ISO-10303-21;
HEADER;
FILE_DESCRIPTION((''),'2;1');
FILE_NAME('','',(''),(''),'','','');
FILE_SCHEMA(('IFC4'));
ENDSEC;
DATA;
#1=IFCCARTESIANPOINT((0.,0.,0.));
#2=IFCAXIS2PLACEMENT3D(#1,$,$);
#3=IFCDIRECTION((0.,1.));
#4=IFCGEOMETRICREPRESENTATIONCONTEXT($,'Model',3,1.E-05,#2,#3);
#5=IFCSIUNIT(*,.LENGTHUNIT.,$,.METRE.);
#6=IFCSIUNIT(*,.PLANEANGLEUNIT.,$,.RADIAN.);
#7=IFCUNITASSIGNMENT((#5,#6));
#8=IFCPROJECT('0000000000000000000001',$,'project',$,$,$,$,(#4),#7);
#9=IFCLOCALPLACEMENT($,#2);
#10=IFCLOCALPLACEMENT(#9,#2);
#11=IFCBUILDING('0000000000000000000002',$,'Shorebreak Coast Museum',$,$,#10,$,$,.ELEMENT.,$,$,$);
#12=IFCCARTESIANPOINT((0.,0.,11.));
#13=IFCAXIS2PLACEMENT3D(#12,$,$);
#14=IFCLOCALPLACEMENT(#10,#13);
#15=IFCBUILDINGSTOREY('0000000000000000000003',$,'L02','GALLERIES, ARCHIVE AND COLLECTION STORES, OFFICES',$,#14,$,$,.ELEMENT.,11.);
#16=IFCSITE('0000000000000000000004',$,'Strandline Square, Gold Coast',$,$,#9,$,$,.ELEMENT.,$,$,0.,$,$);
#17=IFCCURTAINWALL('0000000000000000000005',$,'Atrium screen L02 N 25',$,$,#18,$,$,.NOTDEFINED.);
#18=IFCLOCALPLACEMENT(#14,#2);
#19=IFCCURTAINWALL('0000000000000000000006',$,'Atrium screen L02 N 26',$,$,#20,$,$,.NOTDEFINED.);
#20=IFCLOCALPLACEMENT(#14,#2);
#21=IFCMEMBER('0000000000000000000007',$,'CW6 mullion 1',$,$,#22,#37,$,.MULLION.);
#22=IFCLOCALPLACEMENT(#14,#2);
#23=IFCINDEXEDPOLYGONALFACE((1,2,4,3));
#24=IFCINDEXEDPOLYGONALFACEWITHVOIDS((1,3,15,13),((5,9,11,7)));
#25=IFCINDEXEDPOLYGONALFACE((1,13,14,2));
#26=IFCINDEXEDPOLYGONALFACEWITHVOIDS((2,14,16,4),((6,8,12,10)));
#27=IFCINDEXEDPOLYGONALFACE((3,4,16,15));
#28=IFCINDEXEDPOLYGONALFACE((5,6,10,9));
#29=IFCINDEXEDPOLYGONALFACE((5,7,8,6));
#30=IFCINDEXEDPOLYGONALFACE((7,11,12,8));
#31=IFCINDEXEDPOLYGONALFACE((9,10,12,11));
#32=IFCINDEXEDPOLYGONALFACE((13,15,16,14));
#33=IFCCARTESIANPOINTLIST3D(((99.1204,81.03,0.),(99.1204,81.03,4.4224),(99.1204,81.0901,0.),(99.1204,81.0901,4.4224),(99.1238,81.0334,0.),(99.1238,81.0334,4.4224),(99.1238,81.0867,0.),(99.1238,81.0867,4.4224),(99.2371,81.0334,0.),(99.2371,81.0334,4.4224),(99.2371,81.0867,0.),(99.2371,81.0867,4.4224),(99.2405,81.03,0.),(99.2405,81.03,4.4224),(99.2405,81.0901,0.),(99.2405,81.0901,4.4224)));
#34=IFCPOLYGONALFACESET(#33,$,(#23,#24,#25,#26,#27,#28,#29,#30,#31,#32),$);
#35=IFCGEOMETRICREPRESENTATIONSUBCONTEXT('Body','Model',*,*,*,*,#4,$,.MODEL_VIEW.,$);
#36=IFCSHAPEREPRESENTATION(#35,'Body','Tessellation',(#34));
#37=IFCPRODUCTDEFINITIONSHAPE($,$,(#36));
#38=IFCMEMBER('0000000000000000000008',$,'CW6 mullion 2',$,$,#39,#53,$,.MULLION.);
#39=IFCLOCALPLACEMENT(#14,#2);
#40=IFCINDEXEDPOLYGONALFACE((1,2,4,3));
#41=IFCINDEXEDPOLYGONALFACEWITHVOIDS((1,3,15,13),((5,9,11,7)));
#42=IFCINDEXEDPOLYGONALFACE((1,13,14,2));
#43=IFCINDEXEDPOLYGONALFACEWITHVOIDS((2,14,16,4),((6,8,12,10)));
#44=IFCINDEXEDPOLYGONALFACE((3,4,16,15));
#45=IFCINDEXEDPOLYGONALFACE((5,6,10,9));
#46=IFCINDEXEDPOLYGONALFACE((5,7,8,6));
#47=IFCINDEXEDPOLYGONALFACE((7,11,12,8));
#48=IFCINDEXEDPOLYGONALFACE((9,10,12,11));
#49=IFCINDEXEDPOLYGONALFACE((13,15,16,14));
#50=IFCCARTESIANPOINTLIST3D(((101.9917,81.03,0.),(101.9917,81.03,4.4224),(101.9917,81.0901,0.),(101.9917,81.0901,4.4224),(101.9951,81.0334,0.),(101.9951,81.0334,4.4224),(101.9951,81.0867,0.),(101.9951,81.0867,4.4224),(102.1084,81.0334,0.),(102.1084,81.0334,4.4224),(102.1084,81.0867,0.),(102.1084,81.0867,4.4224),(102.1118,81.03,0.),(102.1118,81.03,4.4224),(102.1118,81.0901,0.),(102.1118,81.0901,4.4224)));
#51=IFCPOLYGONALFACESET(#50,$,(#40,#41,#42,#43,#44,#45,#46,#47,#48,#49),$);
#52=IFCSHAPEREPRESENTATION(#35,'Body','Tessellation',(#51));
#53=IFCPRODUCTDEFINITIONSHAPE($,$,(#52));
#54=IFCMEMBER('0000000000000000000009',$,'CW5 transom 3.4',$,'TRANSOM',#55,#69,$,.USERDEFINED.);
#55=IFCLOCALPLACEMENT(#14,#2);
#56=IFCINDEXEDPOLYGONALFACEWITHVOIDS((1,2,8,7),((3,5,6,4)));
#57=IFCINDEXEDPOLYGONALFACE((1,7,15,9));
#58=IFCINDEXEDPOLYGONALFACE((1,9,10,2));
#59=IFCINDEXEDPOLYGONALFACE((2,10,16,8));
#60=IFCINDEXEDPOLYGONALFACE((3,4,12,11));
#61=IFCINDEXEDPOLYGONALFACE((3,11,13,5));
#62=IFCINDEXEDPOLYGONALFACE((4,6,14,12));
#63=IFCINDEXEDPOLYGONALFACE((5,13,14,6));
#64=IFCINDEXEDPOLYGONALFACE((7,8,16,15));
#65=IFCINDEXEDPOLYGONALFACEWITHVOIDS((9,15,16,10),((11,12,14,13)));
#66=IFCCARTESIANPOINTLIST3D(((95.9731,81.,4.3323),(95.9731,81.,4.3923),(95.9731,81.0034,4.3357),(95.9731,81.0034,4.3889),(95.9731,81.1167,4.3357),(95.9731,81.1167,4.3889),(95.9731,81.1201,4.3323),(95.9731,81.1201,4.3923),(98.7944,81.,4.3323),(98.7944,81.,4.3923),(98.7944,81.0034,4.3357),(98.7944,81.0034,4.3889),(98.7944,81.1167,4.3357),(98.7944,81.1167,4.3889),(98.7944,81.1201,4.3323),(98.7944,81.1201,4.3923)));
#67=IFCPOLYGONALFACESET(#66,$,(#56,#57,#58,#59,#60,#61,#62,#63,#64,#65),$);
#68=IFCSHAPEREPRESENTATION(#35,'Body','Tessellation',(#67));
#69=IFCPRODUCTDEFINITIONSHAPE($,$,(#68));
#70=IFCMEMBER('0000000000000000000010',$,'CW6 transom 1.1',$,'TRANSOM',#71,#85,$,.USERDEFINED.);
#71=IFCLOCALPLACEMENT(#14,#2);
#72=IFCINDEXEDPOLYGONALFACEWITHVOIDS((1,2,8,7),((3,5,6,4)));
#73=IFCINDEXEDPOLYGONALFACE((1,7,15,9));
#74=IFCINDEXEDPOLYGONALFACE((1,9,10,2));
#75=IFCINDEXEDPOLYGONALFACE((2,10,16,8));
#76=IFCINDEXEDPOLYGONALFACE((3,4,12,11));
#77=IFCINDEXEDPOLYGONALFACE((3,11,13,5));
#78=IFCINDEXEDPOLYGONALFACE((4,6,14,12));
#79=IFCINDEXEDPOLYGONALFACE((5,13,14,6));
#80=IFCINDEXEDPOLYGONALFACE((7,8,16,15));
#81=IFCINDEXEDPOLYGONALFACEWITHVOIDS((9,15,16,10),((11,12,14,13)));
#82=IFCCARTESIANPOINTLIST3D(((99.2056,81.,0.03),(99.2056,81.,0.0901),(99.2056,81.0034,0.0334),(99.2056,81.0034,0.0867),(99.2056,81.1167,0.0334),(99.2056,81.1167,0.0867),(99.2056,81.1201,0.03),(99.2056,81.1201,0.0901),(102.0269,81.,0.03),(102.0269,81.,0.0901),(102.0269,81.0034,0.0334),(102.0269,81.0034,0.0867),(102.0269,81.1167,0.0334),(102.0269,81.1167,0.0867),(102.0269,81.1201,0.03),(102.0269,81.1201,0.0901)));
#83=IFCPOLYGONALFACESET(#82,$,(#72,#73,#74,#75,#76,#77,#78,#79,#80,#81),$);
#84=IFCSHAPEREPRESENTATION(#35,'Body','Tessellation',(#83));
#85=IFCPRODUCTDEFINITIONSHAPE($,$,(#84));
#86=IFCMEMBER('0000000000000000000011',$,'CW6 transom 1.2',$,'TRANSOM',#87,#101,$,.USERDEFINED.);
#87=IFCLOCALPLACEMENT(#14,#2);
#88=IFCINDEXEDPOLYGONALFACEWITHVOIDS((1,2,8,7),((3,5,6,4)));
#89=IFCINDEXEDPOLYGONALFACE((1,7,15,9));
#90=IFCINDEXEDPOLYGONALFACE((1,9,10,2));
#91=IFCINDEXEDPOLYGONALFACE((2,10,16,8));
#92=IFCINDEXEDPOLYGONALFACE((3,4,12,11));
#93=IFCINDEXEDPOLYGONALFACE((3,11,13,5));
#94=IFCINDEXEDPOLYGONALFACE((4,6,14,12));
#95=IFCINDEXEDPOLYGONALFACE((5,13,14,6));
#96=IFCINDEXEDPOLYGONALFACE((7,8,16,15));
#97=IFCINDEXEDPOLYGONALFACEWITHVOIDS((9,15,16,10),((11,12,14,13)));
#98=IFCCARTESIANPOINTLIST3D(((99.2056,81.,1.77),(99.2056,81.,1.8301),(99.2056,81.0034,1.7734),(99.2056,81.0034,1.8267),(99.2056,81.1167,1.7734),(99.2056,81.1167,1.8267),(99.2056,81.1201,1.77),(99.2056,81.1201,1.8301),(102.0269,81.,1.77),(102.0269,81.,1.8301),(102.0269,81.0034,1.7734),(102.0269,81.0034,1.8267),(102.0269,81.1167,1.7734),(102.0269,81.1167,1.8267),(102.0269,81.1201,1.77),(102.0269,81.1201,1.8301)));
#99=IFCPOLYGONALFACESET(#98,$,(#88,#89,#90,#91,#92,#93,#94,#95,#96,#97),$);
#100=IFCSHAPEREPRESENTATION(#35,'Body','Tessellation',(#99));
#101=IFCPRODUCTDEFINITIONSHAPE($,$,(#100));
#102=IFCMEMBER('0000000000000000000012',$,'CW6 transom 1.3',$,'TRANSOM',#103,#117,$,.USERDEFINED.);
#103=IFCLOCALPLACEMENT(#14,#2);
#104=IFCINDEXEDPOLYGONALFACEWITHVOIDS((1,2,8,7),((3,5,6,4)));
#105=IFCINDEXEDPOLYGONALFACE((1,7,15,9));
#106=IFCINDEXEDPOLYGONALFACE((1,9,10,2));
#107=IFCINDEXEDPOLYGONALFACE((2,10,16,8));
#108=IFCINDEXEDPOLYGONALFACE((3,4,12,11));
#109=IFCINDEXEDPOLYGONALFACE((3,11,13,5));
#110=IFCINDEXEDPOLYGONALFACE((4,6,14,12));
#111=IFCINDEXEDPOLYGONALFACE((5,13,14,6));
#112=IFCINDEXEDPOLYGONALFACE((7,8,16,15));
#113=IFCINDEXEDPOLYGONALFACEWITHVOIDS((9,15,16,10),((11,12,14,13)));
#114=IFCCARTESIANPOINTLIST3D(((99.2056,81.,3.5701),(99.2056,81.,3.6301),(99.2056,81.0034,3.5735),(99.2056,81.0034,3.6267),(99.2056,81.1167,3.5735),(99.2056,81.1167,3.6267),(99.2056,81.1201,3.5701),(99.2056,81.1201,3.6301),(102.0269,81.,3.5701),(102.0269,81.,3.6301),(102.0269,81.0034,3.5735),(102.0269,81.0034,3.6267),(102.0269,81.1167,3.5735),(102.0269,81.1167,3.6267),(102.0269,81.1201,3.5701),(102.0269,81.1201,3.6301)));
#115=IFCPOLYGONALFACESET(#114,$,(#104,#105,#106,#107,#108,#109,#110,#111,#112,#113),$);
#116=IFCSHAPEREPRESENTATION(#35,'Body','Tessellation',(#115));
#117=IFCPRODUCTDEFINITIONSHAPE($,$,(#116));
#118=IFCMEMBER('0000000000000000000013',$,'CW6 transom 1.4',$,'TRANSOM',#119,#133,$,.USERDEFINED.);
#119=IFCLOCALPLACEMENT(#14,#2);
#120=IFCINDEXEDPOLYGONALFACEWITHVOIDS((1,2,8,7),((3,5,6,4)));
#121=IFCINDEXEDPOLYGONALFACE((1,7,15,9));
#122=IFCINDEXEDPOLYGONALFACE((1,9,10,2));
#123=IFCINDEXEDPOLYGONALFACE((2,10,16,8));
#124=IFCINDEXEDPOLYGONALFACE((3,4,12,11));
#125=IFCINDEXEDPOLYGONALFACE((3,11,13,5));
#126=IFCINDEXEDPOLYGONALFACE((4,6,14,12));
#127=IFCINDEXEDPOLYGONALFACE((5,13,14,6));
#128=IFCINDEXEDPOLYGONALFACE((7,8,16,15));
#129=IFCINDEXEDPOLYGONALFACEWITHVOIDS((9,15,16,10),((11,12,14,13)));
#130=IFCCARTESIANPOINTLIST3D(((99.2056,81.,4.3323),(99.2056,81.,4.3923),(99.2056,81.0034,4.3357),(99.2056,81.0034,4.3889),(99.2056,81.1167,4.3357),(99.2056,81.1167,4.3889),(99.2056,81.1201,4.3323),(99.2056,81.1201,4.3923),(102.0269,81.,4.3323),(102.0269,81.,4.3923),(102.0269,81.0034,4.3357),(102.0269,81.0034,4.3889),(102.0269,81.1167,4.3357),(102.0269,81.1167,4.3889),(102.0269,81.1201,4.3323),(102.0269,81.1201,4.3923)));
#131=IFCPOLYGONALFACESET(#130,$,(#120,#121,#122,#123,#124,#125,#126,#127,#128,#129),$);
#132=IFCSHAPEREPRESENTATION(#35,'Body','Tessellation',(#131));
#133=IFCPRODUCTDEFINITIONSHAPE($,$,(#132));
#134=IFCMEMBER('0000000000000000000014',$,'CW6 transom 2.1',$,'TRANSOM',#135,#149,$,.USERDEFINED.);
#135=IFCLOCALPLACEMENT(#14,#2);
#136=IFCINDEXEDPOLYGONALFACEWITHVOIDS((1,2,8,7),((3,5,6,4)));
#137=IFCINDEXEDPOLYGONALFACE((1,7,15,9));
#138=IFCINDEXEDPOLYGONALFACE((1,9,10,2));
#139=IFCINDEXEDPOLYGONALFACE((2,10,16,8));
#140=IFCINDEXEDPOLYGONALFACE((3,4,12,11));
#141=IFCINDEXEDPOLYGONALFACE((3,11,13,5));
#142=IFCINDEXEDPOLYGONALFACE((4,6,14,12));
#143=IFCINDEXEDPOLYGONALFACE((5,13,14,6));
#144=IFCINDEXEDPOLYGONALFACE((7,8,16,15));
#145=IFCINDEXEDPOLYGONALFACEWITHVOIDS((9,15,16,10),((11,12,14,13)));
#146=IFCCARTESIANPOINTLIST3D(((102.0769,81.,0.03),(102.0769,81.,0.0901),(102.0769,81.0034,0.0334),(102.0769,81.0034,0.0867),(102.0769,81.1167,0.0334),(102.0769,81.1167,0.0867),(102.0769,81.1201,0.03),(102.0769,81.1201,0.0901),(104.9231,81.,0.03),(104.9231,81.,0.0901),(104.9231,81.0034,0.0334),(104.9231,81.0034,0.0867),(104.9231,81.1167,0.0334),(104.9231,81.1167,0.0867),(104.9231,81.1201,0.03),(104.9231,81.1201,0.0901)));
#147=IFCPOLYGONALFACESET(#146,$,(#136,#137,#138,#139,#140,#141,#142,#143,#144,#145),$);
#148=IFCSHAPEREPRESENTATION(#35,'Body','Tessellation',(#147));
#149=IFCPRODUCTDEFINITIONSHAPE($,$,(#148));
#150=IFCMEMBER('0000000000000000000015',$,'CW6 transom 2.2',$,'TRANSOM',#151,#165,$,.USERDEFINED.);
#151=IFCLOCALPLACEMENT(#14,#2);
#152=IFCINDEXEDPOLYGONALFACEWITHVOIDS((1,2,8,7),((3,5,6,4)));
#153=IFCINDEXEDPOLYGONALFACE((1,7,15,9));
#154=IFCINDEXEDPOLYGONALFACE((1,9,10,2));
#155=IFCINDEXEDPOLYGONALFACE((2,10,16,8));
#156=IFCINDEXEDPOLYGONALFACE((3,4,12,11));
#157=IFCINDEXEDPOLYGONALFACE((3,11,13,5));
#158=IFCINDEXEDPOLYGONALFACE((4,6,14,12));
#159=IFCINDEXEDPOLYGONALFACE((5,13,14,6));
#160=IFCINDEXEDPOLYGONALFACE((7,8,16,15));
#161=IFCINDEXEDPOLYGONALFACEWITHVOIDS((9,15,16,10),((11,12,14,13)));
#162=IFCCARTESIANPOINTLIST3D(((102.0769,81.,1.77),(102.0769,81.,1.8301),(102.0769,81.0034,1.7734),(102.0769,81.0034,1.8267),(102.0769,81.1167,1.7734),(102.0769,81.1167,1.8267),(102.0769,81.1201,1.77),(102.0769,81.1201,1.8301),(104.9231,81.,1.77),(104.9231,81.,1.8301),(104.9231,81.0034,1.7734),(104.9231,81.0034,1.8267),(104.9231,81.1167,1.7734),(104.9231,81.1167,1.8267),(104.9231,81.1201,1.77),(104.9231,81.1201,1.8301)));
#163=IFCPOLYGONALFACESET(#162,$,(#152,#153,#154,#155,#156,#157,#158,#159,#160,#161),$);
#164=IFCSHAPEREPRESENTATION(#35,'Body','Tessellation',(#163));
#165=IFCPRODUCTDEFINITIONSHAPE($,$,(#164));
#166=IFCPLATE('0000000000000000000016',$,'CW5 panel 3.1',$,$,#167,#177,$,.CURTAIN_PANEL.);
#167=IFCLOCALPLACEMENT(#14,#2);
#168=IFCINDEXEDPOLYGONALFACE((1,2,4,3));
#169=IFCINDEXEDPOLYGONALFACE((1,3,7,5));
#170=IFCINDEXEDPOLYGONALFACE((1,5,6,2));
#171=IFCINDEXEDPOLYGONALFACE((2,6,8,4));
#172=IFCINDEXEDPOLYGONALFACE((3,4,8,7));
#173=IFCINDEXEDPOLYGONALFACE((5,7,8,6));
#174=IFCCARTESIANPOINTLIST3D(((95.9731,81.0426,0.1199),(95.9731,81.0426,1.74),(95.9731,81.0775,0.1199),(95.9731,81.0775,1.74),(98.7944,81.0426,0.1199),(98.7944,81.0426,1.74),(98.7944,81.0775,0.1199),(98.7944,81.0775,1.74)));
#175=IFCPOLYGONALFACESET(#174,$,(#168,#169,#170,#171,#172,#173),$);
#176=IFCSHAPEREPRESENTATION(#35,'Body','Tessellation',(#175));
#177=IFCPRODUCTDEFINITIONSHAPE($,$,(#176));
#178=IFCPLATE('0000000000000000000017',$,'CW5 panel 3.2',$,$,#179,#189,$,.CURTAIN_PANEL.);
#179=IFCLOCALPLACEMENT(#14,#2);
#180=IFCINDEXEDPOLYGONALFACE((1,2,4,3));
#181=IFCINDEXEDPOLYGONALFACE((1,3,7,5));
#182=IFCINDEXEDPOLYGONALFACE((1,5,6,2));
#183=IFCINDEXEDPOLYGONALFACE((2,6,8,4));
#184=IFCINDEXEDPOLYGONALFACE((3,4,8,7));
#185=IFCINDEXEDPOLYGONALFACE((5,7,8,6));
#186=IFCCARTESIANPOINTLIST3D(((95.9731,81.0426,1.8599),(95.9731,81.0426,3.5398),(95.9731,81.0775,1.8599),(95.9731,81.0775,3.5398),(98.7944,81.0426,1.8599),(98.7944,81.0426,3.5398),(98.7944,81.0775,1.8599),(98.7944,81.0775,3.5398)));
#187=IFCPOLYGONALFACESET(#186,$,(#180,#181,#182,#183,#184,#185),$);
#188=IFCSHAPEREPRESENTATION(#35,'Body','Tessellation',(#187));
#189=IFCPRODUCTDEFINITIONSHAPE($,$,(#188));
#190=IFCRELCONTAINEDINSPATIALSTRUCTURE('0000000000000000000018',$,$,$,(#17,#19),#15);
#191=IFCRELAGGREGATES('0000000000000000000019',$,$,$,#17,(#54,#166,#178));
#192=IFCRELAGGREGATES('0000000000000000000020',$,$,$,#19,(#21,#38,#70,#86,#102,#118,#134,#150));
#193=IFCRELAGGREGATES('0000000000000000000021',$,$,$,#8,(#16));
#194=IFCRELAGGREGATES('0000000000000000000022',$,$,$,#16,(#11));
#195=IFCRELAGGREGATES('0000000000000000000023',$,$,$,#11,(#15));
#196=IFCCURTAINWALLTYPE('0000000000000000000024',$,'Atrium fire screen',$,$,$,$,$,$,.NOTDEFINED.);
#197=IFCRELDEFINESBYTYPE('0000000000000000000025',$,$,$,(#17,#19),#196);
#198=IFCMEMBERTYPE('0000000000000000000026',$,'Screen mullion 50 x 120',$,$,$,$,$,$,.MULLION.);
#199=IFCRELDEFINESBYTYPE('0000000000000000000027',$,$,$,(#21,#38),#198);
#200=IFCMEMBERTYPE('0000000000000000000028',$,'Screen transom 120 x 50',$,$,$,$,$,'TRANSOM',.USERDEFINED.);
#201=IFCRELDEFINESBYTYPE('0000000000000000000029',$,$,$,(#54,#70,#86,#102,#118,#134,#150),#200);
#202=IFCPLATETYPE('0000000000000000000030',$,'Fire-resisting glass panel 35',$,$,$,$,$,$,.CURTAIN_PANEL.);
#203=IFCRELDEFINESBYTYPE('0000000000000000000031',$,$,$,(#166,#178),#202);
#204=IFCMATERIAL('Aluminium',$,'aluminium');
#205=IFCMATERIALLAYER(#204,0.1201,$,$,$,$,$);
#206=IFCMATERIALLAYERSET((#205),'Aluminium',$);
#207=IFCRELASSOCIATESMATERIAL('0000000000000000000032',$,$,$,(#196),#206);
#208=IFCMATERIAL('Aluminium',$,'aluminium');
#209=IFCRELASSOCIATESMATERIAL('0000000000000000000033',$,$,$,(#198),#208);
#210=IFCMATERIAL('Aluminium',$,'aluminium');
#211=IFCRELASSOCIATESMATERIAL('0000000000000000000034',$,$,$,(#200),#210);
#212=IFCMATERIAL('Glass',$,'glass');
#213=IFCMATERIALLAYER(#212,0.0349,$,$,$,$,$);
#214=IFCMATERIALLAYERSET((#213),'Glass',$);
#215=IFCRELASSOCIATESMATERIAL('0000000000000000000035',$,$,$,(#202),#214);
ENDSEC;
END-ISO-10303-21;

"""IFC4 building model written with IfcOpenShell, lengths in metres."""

from ifc_helpers import new_model, si_unit, direction, frame, origin, origin_2d, place, context, subcontext, project, spatial, rectangle, hollow_rectangle, extrude, material, layer, layer_set, material_profile, profile_set, type_object, element, aggregate, save


model = new_model("IFC4")

# Units and contexts
model_context = context("Model", 3, precision=1e-05, world=origin(), true_north=direction((0.0, 1.0)))
body_context = subcontext(model_context, "Body", "Model", "MODEL_VIEW")
ifc_project = project(units=[si_unit("LENGTHUNIT", "METRE"), si_unit("PLANEANGLEUNIT", "RADIAN")], contexts=[model_context])

# Site, building, storey
site_placement = place(None, origin())
site = spatial("IfcSite", under=ifc_project, at=site_placement, Name="Strandline Square, Gold Coast", CompositionType="ELEMENT", RefElevation=0.0)
building_placement = place(site_placement, origin())
building = spatial("IfcBuilding", under=site, at=building_placement, Name="Shorebreak Coast Museum", CompositionType="ELEMENT")
storey_placement = place(building_placement, frame((0.0, 0.0, 11.0)))
storey = spatial("IfcBuildingStorey", under=building, at=storey_placement, Name="L02", Description="GALLERIES, ARCHIVE AND COLLECTION STORES, OFFICES", CompositionType="ELEMENT", Elevation=11.0)

# Curtain wall
ifc_material_1 = material(Name="Aluminium", Category="aluminium")
ifc_layer_1 = layer(ifc_material_1, 0.1201)
ifc_layer_set_1 = layer_set([ifc_layer_1], Name="Aluminium")
curtain_wall_type = type_object("IfcCurtainWallType", Name="Atrium fire screen", PredefinedType="NOTDEFINED", material=ifc_layer_set_1)
curtain_wall_1_placement = place(storey_placement, origin())
curtain_wall_1 = element("IfcCurtainWall", 1, at=curtain_wall_1_placement, inside=storey, type_object=curtain_wall_type, Name="Atrium screen L02 N 25", PredefinedType="NOTDEFINED")
ifc_material_2 = material(Name="Aluminium", Category="aluminium")
ifc_material_profile_1 = material_profile(ifc_material_2, hollow_rectangle(XDim=0.0601, YDim=0.1201, WallThickness=0.0034, at=origin_2d()), Name="AL 120x60 RHS")
ifc_profile_set_1 = profile_set([ifc_material_profile_1], Name="Aluminium")
member_type_1 = type_object("IfcMemberType", Name="Screen mullion 50 x 120", PredefinedType="MULLION", material=ifc_profile_set_1)

# Curtain wall, members
curtain_wall_2_placement = place(storey_placement, origin())
curtain_wall_2 = element("IfcCurtainWall", 2, at=curtain_wall_2_placement, inside=storey, type_object=curtain_wall_type, Name="Atrium screen L02 N 26", PredefinedType="NOTDEFINED")
member_1_placement = place(storey_placement, frame((99.1804, 81.0601, 0.0), z_axis=(0.0, 0.0, 1.0), x_axis=(0.0, 1.0, 0.0)))
member_1 = element("IfcMember", 3, at=member_1_placement, type_object=member_type_1, Name="CW6 mullion 1", PredefinedType="MULLION", context=body_context, shape_type="SweptSolid", body=[
    extrude(hollow_rectangle(XDim=0.0601, YDim=0.1201, WallThickness=0.0034, at=origin_2d()), origin(), (0.0, 0.0, 1.0), 4.4224),
])
member_2_placement = place(storey_placement, frame((102.0518, 81.0601, 0.0), z_axis=(0.0, 0.0, 1.0), x_axis=(0.0, 1.0, 0.0)))
member_2 = element("IfcMember", 4, at=member_2_placement, type_object=member_type_1, Name="CW6 mullion 2", PredefinedType="MULLION", context=body_context, shape_type="SweptSolid", body=[
    extrude(hollow_rectangle(XDim=0.0601, YDim=0.1201, WallThickness=0.0034, at=origin_2d()), origin(), (0.0, 0.0, 1.0), 4.4224),
])

# Members
ifc_material_3 = material(Name="Aluminium", Category="aluminium")
ifc_material_profile_2 = material_profile(ifc_material_3, hollow_rectangle(XDim=0.1201, YDim=0.0601, WallThickness=0.0034, at=origin_2d()), Name="AL 60x120 RHS")
ifc_profile_set_2 = profile_set([ifc_material_profile_2], Name="Aluminium")
member_type_2 = type_object("IfcMemberType", Name="Screen transom 120 x 50", ElementType="TRANSOM", PredefinedType="USERDEFINED", material=ifc_profile_set_2)
member_3_placement = place(storey_placement, frame((95.9731, 81.0601, 4.3623), z_axis=(1.0, 0.0, 0.0), x_axis=(0.0, 1.0, 0.0)))
member_3 = element("IfcMember", 5, at=member_3_placement, type_object=member_type_2, Name="CW5 transom 3.4", ObjectType="TRANSOM", PredefinedType="USERDEFINED", context=body_context, shape_type="SweptSolid", body=[
    extrude(hollow_rectangle(XDim=0.1201, YDim=0.0601, WallThickness=0.0034, at=origin_2d()), origin(), (0.0, 0.0, 1.0), 2.8213),
])
member_4_placement = place(storey_placement, frame((99.2056, 81.0601, 0.0601), z_axis=(1.0, 0.0, 0.0), x_axis=(0.0, 1.0, 0.0)))
member_4 = element("IfcMember", 6, at=member_4_placement, type_object=member_type_2, Name="CW6 transom 1.1", ObjectType="TRANSOM", PredefinedType="USERDEFINED", context=body_context, shape_type="SweptSolid", body=[
    extrude(hollow_rectangle(XDim=0.1201, YDim=0.0601, WallThickness=0.0034, at=origin_2d()), origin(), (0.0, 0.0, 1.0), 2.8213),
])
member_5_placement = place(storey_placement, frame((99.2056, 81.0601, 1.8), z_axis=(1.0, 0.0, 0.0), x_axis=(0.0, 1.0, 0.0)))
member_5 = element("IfcMember", 7, at=member_5_placement, type_object=member_type_2, Name="CW6 transom 1.2", ObjectType="TRANSOM", PredefinedType="USERDEFINED", context=body_context, shape_type="SweptSolid", body=[
    extrude(hollow_rectangle(XDim=0.1201, YDim=0.0601, WallThickness=0.0034, at=origin_2d()), origin(), (0.0, 0.0, 1.0), 2.8213),
])
member_6_placement = place(storey_placement, frame((99.2056, 81.0601, 3.6001), z_axis=(1.0, 0.0, 0.0), x_axis=(0.0, 1.0, 0.0)))
member_6 = element("IfcMember", 8, at=member_6_placement, type_object=member_type_2, Name="CW6 transom 1.3", ObjectType="TRANSOM", PredefinedType="USERDEFINED", context=body_context, shape_type="SweptSolid", body=[
    extrude(hollow_rectangle(XDim=0.1201, YDim=0.0601, WallThickness=0.0034, at=origin_2d()), origin(), (0.0, 0.0, 1.0), 2.8213),
])
member_7_placement = place(storey_placement, frame((99.2056, 81.0601, 4.3623), z_axis=(1.0, 0.0, 0.0), x_axis=(0.0, 1.0, 0.0)))
member_7 = element("IfcMember", 9, at=member_7_placement, type_object=member_type_2, Name="CW6 transom 1.4", ObjectType="TRANSOM", PredefinedType="USERDEFINED", context=body_context, shape_type="SweptSolid", body=[
    extrude(hollow_rectangle(XDim=0.1201, YDim=0.0601, WallThickness=0.0034, at=origin_2d()), origin(), (0.0, 0.0, 1.0), 2.8213),
])
member_8_placement = place(storey_placement, frame((102.0769, 81.0601, 0.0601), z_axis=(1.0, 0.0, 0.0), x_axis=(0.0, 1.0, 0.0)))
member_8 = element("IfcMember", 10, at=member_8_placement, type_object=member_type_2, Name="CW6 transom 2.1", ObjectType="TRANSOM", PredefinedType="USERDEFINED", context=body_context, shape_type="SweptSolid", body=[
    extrude(hollow_rectangle(XDim=0.1201, YDim=0.0601, WallThickness=0.0034, at=origin_2d()), origin(), (0.0, 0.0, 1.0), 2.8462),
])
member_9_placement = place(storey_placement, frame((102.0769, 81.0601, 1.8), z_axis=(1.0, 0.0, 0.0), x_axis=(0.0, 1.0, 0.0)))
member_9 = element("IfcMember", 11, at=member_9_placement, type_object=member_type_2, Name="CW6 transom 2.2", ObjectType="TRANSOM", PredefinedType="USERDEFINED", context=body_context, shape_type="SweptSolid", body=[
    extrude(hollow_rectangle(XDim=0.1201, YDim=0.0601, WallThickness=0.0034, at=origin_2d()), origin(), (0.0, 0.0, 1.0), 2.8462),
])

# Plates
ifc_material_4 = material(Name="Glass", Category="glass")
ifc_layer_2 = layer(ifc_material_4, 0.0349)
ifc_layer_set_2 = layer_set([ifc_layer_2], Name="Glass")
plate_type = type_object("IfcPlateType", Name="Fire-resisting glass panel 35", PredefinedType="CURTAIN_PANEL", material=ifc_layer_set_2)
plate_1_placement = place(storey_placement, frame((97.3838, 81.0601, 0.1199), z_axis=(0.0, 0.0, 1.0), x_axis=(1.0, 0.0, 0.0)))
plate_1 = element("IfcPlate", 12, at=plate_1_placement, type_object=plate_type, Name="CW5 panel 3.1", PredefinedType="CURTAIN_PANEL", context=body_context, shape_type="SweptSolid", body=[
    extrude(rectangle(XDim=2.8213, YDim=0.0349, at=origin_2d()), origin(), (0.0, 0.0, 1.0), 1.6201),
])
plate_2_placement = place(storey_placement, frame((97.3838, 81.0601, 1.8599), z_axis=(0.0, 0.0, 1.0), x_axis=(1.0, 0.0, 0.0)))
plate_2 = element("IfcPlate", 13, at=plate_2_placement, type_object=plate_type, Name="CW5 panel 3.2", PredefinedType="CURTAIN_PANEL", context=body_context, shape_type="SweptSolid", body=[
    extrude(rectangle(XDim=2.8213, YDim=0.0349, at=origin_2d()), origin(), (0.0, 0.0, 1.0), 1.6799),
])
aggregate(curtain_wall_1, [member_3, plate_1, plate_2])
aggregate(curtain_wall_2, [member_1, member_2, member_4, member_5, member_6, member_7, member_8, member_9])

save(model, "model.ifc")
